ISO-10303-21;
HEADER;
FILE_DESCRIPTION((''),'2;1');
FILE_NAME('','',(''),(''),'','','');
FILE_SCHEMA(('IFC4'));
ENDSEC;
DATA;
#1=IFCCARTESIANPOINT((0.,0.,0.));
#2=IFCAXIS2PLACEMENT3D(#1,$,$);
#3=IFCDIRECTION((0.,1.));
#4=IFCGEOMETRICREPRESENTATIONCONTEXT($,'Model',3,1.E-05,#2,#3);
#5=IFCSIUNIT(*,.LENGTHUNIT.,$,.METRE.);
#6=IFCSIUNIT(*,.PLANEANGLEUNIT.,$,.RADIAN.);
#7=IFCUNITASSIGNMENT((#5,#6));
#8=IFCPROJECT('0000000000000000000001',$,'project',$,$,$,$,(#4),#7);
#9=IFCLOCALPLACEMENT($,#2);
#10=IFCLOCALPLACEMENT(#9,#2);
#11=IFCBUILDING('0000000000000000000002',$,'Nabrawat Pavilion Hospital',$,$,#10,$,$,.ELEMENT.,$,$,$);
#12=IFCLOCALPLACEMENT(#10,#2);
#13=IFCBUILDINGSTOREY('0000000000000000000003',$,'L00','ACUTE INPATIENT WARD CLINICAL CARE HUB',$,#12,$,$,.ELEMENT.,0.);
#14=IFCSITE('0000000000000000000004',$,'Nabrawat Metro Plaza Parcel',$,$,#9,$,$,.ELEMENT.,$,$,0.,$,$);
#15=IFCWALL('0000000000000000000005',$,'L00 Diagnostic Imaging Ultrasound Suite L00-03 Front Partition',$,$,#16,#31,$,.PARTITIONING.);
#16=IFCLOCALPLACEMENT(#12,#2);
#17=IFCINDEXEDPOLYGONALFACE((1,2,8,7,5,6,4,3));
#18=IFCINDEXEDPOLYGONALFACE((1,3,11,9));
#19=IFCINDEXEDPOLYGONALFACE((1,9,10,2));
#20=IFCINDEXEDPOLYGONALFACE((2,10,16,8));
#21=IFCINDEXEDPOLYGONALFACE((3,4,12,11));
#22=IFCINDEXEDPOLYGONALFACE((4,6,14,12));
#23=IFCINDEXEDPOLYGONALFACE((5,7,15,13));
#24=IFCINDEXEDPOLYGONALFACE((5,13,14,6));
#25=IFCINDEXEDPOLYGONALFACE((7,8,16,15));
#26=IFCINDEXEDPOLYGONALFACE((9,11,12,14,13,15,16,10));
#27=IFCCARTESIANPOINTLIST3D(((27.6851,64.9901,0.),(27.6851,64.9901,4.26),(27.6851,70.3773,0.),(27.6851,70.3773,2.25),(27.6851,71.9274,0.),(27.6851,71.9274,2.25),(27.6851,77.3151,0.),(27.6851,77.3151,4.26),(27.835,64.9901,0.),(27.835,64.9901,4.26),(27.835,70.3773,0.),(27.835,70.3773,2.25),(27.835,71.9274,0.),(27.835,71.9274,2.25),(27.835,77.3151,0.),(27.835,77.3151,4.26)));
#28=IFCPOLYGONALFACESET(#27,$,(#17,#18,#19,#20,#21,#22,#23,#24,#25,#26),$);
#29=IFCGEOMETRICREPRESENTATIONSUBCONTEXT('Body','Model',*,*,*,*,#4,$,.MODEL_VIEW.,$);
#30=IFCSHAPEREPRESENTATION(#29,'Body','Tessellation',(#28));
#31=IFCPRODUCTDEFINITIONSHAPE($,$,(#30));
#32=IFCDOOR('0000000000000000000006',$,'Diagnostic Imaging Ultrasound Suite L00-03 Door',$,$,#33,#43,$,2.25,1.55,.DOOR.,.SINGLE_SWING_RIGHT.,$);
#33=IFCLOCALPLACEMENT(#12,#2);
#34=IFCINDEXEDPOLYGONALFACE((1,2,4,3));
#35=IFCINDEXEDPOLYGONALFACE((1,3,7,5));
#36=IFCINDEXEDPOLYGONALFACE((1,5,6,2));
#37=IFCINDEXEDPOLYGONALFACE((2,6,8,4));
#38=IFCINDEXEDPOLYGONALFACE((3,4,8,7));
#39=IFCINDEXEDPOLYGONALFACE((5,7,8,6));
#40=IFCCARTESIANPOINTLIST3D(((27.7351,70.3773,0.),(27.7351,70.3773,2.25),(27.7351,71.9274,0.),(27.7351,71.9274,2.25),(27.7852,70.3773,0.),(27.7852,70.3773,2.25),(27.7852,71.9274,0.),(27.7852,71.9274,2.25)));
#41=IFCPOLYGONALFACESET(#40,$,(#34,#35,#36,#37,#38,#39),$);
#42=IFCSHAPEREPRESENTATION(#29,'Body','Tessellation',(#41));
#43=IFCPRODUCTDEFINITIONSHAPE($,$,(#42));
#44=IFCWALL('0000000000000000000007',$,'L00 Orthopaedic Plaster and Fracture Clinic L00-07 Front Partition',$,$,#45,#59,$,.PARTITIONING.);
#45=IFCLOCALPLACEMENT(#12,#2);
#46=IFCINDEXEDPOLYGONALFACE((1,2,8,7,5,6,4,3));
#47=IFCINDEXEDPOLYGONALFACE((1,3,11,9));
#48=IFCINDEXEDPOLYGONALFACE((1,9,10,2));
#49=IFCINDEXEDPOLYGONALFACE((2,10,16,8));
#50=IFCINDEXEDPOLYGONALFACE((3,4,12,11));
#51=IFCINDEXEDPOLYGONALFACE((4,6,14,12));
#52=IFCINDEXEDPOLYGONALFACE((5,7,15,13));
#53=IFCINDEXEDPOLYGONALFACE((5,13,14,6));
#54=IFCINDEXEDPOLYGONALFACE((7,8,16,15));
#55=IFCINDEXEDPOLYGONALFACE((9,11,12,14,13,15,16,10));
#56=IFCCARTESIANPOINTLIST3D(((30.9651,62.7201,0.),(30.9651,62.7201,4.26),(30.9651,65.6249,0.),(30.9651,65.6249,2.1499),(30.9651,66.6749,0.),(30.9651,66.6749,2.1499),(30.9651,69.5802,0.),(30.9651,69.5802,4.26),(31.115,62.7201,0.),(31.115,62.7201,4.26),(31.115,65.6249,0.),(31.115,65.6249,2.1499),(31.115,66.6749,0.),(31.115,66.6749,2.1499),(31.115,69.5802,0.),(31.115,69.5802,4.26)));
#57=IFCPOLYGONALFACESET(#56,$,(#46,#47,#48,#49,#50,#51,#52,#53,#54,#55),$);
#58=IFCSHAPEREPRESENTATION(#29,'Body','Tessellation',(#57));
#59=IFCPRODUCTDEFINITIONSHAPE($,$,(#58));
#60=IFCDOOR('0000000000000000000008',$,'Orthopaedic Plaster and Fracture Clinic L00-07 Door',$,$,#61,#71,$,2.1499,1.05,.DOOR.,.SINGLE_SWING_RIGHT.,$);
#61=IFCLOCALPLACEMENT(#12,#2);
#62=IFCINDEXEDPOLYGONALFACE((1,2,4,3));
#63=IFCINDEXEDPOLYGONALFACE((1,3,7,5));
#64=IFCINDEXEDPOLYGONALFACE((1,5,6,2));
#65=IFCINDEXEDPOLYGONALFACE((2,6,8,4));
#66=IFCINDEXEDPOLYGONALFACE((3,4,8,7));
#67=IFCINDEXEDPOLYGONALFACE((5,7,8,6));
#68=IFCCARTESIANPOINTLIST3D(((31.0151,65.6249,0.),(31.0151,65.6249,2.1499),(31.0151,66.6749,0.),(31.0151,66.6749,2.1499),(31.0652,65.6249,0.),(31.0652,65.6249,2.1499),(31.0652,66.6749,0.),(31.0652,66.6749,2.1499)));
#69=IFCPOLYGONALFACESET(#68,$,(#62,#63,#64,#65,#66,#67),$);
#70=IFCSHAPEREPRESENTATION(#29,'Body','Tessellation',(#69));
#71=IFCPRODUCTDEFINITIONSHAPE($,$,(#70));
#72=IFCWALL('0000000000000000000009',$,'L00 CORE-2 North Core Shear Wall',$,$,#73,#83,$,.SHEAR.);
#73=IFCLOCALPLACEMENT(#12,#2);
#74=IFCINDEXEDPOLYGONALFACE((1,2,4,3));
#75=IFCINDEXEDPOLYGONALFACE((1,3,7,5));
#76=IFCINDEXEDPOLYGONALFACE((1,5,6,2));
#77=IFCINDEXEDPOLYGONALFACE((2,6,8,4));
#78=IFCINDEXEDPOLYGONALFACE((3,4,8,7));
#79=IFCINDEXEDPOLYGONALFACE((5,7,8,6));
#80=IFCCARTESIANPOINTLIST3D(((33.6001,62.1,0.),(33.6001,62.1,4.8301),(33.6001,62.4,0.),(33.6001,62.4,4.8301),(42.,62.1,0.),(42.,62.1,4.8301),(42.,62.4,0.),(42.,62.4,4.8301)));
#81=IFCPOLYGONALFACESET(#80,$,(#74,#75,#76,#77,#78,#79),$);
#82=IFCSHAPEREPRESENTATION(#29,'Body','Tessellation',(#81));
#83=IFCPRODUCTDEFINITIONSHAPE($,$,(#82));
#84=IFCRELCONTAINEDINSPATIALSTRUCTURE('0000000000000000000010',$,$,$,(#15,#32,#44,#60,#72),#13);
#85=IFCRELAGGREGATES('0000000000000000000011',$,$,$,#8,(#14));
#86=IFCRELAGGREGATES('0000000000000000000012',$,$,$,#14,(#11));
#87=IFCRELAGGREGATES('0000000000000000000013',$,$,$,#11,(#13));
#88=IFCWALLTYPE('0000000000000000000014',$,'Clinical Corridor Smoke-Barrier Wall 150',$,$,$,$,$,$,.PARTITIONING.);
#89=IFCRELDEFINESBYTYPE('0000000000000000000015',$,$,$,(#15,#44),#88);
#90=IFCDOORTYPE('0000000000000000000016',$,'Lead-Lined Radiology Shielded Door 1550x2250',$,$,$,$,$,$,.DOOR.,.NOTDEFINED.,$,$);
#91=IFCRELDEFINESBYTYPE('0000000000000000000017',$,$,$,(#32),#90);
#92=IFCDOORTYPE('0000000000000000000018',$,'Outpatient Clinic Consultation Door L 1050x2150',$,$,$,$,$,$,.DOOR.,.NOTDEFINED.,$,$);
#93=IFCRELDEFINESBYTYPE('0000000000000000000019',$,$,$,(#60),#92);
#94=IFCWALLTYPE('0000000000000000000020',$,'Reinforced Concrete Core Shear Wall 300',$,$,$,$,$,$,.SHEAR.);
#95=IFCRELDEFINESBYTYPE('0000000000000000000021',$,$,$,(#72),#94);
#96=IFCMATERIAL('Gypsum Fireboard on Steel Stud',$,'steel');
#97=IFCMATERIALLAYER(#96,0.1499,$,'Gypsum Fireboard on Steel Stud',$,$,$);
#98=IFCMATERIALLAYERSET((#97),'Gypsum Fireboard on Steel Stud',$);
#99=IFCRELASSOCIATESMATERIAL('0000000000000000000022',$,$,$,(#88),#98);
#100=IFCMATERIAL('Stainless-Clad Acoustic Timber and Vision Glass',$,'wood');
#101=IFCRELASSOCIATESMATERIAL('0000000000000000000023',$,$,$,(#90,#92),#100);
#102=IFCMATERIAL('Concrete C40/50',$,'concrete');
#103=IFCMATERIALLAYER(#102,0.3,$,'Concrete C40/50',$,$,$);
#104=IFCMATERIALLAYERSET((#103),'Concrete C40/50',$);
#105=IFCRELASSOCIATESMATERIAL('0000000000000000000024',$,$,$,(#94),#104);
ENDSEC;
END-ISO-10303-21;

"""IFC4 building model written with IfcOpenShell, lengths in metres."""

from ifc_helpers import new_model, si_unit, direction, frame, frame_2d, origin, place, context, subcontext, project, spatial, rectangle, extrude, material, layer, layer_set, type_object, element, fill, save


model = new_model("IFC4")

# Units and contexts
model_context = context("Model", 3, precision=1e-05, world=origin(), true_north=direction((0.0, 1.0)))
body_context = subcontext(model_context, "Body", "Model", "MODEL_VIEW")
ifc_project = project(units=[si_unit("LENGTHUNIT", "METRE"), si_unit("PLANEANGLEUNIT", "RADIAN")], contexts=[model_context])

# Site, building, storey
site_placement = place(None, origin())
site = spatial("IfcSite", under=ifc_project, at=site_placement, Name="Nabrawat Metro Plaza Parcel", CompositionType="ELEMENT", RefElevation=0.0)
building_placement = place(site_placement, origin())
building = spatial("IfcBuilding", under=site, at=building_placement, Name="Nabrawat Pavilion Hospital", CompositionType="ELEMENT")
storey_placement = place(building_placement, origin())
storey = spatial("IfcBuildingStorey", under=building, at=storey_placement, Name="L00", Description="ACUTE INPATIENT WARD CLINICAL CARE HUB", CompositionType="ELEMENT", Elevation=0.0)

# Shared definitions
ifc_material_1 = material(Name="Concrete C40/50", Category="concrete")

# Walls, openings, doors
ifc_material_2 = material(Name="Gypsum Fireboard on Steel Stud", Category="steel")
ifc_layer_1 = layer(ifc_material_2, 0.1499, Name="Gypsum Fireboard on Steel Stud")
ifc_layer_set_1 = layer_set([ifc_layer_1], Name="Gypsum Fireboard on Steel Stud")
wall_type_1 = type_object("IfcWallType", Name="Clinical Corridor Smoke-Barrier Wall 150", PredefinedType="PARTITIONING", material=ifc_layer_set_1)
wall_1_placement = place(storey_placement, frame((27.76, 64.99, 0.0), z_axis=(0.0, 0.0, 1.0), x_axis=(0.0, 1.0, 0.0)))
wall_1 = element("IfcWall", 1, at=wall_1_placement, inside=storey, type_object=wall_type_1, Name="L00 Diagnostic Imaging Ultrasound Suite L00-03 Front Partition", PredefinedType="PARTITIONING", context=body_context, shape_type="SweptSolid", body=[
    extrude(rectangle(XDim=12.325, YDim=0.1499, at=frame_2d((6.1626, 0.0))), origin(), (0.0, 0.0, 1.0), 4.26),
])
opening_1_placement = place(wall_1_placement, frame((5.3875, 0.0, 0.0)))
opening_1 = element("IfcOpeningElement", 2, at=opening_1_placement, cuts=wall_1, PredefinedType="OPENING", context=body_context, shape_type="SweptSolid", body=[
    extrude(rectangle(XDim=1.55, YDim=2.25, at=frame_2d((0.7749, 1.125))), frame((0.0, 0.085, 0.0), z_axis=(0.0, -1.0, 0.0), x_axis=(1.0, 0.0, 0.0)), (0.0, 0.0, 1.0), 0.1699),
])
ifc_material_3 = material(Name="Stainless-Clad Acoustic Timber and Vision Glass", Category="wood")
door_type_1 = type_object("IfcDoorType", Name="Lead-Lined Radiology Shielded Door 1550x2250", OperationType="NOTDEFINED", PredefinedType="DOOR", material=ifc_material_3)
door_1_placement = place(opening_1_placement, origin())
door_1 = element("IfcDoor", 3, at=door_1_placement, inside=storey, type_object=door_type_1, Name="Diagnostic Imaging Ultrasound Suite L00-03 Door", OperationType="SINGLE_SWING_RIGHT", OverallHeight=2.25, OverallWidth=1.55, PredefinedType="DOOR", context=body_context, shape_type="SweptSolid", body=[
    extrude(rectangle(XDim=1.55, YDim=2.25, at=frame_2d((0.7749, 1.125))), frame((0.0, 0.0249, 0.0), z_axis=(0.0, -1.0, 0.0), x_axis=(1.0, 0.0, 0.0)), (0.0, 0.0, 1.0), 0.05),
])
fill(opening_1, door_1)
wall_2_placement = place(storey_placement, frame((31.04, 62.72, 0.0), z_axis=(0.0, 0.0, 1.0), x_axis=(0.0, 1.0, 0.0)))
wall_2 = element("IfcWall", 4, at=wall_2_placement, inside=storey, type_object=wall_type_1, Name="L00 Orthopaedic Plaster and Fracture Clinic L00-07 Front Partition", PredefinedType="PARTITIONING", context=body_context, shape_type="SweptSolid", body=[
    extrude(rectangle(XDim=6.8601, YDim=0.1499, at=frame_2d((3.4302, 0.0))), origin(), (0.0, 0.0, 1.0), 4.26),
])
opening_2_placement = place(wall_2_placement, frame((2.905, 0.0, 0.0)))
opening_2 = element("IfcOpeningElement", 5, at=opening_2_placement, cuts=wall_2, PredefinedType="OPENING", context=body_context, shape_type="SweptSolid", body=[
    extrude(rectangle(XDim=1.05, YDim=2.1499, at=frame_2d((0.5249, 1.075))), frame((0.0, 0.085, 0.0), z_axis=(0.0, -1.0, 0.0), x_axis=(1.0, 0.0, 0.0)), (0.0, 0.0, 1.0), 0.1699),
])
door_type_2 = type_object("IfcDoorType", Name="Outpatient Clinic Consultation Door L 1050x2150", OperationType="NOTDEFINED", PredefinedType="DOOR", material=ifc_material_3)
door_2_placement = place(opening_2_placement, origin())
door_2 = element("IfcDoor", 6, at=door_2_placement, inside=storey, type_object=door_type_2, Name="Orthopaedic Plaster and Fracture Clinic L00-07 Door", OperationType="SINGLE_SWING_RIGHT", OverallHeight=2.1499, OverallWidth=1.05, PredefinedType="DOOR", context=body_context, shape_type="SweptSolid", body=[
    extrude(rectangle(XDim=1.05, YDim=2.1499, at=frame_2d((0.5249, 1.075))), frame((0.0, 0.0249, 0.0), z_axis=(0.0, -1.0, 0.0), x_axis=(1.0, 0.0, 0.0)), (0.0, 0.0, 1.0), 0.05),
])
fill(opening_2, door_2)

# Shared definitions
ifc_layer_2 = layer(ifc_material_1, 0.3, Name="Concrete C40/50")
ifc_layer_set_2 = layer_set([ifc_layer_2], Name="Concrete C40/50")
wall_type_2 = type_object("IfcWallType", Name="Reinforced Concrete Core Shear Wall 300", PredefinedType="SHEAR", material=ifc_layer_set_2)

# Wall
wall_3_placement = place(storey_placement, frame((33.6001, 62.25, 0.0), z_axis=(0.0, 0.0, 1.0), x_axis=(1.0, 0.0, 0.0)))
element("IfcWall", 7, at=wall_3_placement, inside=storey, type_object=wall_type_2, Name="L00 CORE-2 North Core Shear Wall", PredefinedType="SHEAR", context=body_context, shape_type="SweptSolid", body=[
    extrude(rectangle(XDim=8.3999, YDim=0.3, at=frame_2d((4.2, 0.0))), origin(), (0.0, 0.0, 1.0), 4.8301),
])

save(model, "model.ifc")
